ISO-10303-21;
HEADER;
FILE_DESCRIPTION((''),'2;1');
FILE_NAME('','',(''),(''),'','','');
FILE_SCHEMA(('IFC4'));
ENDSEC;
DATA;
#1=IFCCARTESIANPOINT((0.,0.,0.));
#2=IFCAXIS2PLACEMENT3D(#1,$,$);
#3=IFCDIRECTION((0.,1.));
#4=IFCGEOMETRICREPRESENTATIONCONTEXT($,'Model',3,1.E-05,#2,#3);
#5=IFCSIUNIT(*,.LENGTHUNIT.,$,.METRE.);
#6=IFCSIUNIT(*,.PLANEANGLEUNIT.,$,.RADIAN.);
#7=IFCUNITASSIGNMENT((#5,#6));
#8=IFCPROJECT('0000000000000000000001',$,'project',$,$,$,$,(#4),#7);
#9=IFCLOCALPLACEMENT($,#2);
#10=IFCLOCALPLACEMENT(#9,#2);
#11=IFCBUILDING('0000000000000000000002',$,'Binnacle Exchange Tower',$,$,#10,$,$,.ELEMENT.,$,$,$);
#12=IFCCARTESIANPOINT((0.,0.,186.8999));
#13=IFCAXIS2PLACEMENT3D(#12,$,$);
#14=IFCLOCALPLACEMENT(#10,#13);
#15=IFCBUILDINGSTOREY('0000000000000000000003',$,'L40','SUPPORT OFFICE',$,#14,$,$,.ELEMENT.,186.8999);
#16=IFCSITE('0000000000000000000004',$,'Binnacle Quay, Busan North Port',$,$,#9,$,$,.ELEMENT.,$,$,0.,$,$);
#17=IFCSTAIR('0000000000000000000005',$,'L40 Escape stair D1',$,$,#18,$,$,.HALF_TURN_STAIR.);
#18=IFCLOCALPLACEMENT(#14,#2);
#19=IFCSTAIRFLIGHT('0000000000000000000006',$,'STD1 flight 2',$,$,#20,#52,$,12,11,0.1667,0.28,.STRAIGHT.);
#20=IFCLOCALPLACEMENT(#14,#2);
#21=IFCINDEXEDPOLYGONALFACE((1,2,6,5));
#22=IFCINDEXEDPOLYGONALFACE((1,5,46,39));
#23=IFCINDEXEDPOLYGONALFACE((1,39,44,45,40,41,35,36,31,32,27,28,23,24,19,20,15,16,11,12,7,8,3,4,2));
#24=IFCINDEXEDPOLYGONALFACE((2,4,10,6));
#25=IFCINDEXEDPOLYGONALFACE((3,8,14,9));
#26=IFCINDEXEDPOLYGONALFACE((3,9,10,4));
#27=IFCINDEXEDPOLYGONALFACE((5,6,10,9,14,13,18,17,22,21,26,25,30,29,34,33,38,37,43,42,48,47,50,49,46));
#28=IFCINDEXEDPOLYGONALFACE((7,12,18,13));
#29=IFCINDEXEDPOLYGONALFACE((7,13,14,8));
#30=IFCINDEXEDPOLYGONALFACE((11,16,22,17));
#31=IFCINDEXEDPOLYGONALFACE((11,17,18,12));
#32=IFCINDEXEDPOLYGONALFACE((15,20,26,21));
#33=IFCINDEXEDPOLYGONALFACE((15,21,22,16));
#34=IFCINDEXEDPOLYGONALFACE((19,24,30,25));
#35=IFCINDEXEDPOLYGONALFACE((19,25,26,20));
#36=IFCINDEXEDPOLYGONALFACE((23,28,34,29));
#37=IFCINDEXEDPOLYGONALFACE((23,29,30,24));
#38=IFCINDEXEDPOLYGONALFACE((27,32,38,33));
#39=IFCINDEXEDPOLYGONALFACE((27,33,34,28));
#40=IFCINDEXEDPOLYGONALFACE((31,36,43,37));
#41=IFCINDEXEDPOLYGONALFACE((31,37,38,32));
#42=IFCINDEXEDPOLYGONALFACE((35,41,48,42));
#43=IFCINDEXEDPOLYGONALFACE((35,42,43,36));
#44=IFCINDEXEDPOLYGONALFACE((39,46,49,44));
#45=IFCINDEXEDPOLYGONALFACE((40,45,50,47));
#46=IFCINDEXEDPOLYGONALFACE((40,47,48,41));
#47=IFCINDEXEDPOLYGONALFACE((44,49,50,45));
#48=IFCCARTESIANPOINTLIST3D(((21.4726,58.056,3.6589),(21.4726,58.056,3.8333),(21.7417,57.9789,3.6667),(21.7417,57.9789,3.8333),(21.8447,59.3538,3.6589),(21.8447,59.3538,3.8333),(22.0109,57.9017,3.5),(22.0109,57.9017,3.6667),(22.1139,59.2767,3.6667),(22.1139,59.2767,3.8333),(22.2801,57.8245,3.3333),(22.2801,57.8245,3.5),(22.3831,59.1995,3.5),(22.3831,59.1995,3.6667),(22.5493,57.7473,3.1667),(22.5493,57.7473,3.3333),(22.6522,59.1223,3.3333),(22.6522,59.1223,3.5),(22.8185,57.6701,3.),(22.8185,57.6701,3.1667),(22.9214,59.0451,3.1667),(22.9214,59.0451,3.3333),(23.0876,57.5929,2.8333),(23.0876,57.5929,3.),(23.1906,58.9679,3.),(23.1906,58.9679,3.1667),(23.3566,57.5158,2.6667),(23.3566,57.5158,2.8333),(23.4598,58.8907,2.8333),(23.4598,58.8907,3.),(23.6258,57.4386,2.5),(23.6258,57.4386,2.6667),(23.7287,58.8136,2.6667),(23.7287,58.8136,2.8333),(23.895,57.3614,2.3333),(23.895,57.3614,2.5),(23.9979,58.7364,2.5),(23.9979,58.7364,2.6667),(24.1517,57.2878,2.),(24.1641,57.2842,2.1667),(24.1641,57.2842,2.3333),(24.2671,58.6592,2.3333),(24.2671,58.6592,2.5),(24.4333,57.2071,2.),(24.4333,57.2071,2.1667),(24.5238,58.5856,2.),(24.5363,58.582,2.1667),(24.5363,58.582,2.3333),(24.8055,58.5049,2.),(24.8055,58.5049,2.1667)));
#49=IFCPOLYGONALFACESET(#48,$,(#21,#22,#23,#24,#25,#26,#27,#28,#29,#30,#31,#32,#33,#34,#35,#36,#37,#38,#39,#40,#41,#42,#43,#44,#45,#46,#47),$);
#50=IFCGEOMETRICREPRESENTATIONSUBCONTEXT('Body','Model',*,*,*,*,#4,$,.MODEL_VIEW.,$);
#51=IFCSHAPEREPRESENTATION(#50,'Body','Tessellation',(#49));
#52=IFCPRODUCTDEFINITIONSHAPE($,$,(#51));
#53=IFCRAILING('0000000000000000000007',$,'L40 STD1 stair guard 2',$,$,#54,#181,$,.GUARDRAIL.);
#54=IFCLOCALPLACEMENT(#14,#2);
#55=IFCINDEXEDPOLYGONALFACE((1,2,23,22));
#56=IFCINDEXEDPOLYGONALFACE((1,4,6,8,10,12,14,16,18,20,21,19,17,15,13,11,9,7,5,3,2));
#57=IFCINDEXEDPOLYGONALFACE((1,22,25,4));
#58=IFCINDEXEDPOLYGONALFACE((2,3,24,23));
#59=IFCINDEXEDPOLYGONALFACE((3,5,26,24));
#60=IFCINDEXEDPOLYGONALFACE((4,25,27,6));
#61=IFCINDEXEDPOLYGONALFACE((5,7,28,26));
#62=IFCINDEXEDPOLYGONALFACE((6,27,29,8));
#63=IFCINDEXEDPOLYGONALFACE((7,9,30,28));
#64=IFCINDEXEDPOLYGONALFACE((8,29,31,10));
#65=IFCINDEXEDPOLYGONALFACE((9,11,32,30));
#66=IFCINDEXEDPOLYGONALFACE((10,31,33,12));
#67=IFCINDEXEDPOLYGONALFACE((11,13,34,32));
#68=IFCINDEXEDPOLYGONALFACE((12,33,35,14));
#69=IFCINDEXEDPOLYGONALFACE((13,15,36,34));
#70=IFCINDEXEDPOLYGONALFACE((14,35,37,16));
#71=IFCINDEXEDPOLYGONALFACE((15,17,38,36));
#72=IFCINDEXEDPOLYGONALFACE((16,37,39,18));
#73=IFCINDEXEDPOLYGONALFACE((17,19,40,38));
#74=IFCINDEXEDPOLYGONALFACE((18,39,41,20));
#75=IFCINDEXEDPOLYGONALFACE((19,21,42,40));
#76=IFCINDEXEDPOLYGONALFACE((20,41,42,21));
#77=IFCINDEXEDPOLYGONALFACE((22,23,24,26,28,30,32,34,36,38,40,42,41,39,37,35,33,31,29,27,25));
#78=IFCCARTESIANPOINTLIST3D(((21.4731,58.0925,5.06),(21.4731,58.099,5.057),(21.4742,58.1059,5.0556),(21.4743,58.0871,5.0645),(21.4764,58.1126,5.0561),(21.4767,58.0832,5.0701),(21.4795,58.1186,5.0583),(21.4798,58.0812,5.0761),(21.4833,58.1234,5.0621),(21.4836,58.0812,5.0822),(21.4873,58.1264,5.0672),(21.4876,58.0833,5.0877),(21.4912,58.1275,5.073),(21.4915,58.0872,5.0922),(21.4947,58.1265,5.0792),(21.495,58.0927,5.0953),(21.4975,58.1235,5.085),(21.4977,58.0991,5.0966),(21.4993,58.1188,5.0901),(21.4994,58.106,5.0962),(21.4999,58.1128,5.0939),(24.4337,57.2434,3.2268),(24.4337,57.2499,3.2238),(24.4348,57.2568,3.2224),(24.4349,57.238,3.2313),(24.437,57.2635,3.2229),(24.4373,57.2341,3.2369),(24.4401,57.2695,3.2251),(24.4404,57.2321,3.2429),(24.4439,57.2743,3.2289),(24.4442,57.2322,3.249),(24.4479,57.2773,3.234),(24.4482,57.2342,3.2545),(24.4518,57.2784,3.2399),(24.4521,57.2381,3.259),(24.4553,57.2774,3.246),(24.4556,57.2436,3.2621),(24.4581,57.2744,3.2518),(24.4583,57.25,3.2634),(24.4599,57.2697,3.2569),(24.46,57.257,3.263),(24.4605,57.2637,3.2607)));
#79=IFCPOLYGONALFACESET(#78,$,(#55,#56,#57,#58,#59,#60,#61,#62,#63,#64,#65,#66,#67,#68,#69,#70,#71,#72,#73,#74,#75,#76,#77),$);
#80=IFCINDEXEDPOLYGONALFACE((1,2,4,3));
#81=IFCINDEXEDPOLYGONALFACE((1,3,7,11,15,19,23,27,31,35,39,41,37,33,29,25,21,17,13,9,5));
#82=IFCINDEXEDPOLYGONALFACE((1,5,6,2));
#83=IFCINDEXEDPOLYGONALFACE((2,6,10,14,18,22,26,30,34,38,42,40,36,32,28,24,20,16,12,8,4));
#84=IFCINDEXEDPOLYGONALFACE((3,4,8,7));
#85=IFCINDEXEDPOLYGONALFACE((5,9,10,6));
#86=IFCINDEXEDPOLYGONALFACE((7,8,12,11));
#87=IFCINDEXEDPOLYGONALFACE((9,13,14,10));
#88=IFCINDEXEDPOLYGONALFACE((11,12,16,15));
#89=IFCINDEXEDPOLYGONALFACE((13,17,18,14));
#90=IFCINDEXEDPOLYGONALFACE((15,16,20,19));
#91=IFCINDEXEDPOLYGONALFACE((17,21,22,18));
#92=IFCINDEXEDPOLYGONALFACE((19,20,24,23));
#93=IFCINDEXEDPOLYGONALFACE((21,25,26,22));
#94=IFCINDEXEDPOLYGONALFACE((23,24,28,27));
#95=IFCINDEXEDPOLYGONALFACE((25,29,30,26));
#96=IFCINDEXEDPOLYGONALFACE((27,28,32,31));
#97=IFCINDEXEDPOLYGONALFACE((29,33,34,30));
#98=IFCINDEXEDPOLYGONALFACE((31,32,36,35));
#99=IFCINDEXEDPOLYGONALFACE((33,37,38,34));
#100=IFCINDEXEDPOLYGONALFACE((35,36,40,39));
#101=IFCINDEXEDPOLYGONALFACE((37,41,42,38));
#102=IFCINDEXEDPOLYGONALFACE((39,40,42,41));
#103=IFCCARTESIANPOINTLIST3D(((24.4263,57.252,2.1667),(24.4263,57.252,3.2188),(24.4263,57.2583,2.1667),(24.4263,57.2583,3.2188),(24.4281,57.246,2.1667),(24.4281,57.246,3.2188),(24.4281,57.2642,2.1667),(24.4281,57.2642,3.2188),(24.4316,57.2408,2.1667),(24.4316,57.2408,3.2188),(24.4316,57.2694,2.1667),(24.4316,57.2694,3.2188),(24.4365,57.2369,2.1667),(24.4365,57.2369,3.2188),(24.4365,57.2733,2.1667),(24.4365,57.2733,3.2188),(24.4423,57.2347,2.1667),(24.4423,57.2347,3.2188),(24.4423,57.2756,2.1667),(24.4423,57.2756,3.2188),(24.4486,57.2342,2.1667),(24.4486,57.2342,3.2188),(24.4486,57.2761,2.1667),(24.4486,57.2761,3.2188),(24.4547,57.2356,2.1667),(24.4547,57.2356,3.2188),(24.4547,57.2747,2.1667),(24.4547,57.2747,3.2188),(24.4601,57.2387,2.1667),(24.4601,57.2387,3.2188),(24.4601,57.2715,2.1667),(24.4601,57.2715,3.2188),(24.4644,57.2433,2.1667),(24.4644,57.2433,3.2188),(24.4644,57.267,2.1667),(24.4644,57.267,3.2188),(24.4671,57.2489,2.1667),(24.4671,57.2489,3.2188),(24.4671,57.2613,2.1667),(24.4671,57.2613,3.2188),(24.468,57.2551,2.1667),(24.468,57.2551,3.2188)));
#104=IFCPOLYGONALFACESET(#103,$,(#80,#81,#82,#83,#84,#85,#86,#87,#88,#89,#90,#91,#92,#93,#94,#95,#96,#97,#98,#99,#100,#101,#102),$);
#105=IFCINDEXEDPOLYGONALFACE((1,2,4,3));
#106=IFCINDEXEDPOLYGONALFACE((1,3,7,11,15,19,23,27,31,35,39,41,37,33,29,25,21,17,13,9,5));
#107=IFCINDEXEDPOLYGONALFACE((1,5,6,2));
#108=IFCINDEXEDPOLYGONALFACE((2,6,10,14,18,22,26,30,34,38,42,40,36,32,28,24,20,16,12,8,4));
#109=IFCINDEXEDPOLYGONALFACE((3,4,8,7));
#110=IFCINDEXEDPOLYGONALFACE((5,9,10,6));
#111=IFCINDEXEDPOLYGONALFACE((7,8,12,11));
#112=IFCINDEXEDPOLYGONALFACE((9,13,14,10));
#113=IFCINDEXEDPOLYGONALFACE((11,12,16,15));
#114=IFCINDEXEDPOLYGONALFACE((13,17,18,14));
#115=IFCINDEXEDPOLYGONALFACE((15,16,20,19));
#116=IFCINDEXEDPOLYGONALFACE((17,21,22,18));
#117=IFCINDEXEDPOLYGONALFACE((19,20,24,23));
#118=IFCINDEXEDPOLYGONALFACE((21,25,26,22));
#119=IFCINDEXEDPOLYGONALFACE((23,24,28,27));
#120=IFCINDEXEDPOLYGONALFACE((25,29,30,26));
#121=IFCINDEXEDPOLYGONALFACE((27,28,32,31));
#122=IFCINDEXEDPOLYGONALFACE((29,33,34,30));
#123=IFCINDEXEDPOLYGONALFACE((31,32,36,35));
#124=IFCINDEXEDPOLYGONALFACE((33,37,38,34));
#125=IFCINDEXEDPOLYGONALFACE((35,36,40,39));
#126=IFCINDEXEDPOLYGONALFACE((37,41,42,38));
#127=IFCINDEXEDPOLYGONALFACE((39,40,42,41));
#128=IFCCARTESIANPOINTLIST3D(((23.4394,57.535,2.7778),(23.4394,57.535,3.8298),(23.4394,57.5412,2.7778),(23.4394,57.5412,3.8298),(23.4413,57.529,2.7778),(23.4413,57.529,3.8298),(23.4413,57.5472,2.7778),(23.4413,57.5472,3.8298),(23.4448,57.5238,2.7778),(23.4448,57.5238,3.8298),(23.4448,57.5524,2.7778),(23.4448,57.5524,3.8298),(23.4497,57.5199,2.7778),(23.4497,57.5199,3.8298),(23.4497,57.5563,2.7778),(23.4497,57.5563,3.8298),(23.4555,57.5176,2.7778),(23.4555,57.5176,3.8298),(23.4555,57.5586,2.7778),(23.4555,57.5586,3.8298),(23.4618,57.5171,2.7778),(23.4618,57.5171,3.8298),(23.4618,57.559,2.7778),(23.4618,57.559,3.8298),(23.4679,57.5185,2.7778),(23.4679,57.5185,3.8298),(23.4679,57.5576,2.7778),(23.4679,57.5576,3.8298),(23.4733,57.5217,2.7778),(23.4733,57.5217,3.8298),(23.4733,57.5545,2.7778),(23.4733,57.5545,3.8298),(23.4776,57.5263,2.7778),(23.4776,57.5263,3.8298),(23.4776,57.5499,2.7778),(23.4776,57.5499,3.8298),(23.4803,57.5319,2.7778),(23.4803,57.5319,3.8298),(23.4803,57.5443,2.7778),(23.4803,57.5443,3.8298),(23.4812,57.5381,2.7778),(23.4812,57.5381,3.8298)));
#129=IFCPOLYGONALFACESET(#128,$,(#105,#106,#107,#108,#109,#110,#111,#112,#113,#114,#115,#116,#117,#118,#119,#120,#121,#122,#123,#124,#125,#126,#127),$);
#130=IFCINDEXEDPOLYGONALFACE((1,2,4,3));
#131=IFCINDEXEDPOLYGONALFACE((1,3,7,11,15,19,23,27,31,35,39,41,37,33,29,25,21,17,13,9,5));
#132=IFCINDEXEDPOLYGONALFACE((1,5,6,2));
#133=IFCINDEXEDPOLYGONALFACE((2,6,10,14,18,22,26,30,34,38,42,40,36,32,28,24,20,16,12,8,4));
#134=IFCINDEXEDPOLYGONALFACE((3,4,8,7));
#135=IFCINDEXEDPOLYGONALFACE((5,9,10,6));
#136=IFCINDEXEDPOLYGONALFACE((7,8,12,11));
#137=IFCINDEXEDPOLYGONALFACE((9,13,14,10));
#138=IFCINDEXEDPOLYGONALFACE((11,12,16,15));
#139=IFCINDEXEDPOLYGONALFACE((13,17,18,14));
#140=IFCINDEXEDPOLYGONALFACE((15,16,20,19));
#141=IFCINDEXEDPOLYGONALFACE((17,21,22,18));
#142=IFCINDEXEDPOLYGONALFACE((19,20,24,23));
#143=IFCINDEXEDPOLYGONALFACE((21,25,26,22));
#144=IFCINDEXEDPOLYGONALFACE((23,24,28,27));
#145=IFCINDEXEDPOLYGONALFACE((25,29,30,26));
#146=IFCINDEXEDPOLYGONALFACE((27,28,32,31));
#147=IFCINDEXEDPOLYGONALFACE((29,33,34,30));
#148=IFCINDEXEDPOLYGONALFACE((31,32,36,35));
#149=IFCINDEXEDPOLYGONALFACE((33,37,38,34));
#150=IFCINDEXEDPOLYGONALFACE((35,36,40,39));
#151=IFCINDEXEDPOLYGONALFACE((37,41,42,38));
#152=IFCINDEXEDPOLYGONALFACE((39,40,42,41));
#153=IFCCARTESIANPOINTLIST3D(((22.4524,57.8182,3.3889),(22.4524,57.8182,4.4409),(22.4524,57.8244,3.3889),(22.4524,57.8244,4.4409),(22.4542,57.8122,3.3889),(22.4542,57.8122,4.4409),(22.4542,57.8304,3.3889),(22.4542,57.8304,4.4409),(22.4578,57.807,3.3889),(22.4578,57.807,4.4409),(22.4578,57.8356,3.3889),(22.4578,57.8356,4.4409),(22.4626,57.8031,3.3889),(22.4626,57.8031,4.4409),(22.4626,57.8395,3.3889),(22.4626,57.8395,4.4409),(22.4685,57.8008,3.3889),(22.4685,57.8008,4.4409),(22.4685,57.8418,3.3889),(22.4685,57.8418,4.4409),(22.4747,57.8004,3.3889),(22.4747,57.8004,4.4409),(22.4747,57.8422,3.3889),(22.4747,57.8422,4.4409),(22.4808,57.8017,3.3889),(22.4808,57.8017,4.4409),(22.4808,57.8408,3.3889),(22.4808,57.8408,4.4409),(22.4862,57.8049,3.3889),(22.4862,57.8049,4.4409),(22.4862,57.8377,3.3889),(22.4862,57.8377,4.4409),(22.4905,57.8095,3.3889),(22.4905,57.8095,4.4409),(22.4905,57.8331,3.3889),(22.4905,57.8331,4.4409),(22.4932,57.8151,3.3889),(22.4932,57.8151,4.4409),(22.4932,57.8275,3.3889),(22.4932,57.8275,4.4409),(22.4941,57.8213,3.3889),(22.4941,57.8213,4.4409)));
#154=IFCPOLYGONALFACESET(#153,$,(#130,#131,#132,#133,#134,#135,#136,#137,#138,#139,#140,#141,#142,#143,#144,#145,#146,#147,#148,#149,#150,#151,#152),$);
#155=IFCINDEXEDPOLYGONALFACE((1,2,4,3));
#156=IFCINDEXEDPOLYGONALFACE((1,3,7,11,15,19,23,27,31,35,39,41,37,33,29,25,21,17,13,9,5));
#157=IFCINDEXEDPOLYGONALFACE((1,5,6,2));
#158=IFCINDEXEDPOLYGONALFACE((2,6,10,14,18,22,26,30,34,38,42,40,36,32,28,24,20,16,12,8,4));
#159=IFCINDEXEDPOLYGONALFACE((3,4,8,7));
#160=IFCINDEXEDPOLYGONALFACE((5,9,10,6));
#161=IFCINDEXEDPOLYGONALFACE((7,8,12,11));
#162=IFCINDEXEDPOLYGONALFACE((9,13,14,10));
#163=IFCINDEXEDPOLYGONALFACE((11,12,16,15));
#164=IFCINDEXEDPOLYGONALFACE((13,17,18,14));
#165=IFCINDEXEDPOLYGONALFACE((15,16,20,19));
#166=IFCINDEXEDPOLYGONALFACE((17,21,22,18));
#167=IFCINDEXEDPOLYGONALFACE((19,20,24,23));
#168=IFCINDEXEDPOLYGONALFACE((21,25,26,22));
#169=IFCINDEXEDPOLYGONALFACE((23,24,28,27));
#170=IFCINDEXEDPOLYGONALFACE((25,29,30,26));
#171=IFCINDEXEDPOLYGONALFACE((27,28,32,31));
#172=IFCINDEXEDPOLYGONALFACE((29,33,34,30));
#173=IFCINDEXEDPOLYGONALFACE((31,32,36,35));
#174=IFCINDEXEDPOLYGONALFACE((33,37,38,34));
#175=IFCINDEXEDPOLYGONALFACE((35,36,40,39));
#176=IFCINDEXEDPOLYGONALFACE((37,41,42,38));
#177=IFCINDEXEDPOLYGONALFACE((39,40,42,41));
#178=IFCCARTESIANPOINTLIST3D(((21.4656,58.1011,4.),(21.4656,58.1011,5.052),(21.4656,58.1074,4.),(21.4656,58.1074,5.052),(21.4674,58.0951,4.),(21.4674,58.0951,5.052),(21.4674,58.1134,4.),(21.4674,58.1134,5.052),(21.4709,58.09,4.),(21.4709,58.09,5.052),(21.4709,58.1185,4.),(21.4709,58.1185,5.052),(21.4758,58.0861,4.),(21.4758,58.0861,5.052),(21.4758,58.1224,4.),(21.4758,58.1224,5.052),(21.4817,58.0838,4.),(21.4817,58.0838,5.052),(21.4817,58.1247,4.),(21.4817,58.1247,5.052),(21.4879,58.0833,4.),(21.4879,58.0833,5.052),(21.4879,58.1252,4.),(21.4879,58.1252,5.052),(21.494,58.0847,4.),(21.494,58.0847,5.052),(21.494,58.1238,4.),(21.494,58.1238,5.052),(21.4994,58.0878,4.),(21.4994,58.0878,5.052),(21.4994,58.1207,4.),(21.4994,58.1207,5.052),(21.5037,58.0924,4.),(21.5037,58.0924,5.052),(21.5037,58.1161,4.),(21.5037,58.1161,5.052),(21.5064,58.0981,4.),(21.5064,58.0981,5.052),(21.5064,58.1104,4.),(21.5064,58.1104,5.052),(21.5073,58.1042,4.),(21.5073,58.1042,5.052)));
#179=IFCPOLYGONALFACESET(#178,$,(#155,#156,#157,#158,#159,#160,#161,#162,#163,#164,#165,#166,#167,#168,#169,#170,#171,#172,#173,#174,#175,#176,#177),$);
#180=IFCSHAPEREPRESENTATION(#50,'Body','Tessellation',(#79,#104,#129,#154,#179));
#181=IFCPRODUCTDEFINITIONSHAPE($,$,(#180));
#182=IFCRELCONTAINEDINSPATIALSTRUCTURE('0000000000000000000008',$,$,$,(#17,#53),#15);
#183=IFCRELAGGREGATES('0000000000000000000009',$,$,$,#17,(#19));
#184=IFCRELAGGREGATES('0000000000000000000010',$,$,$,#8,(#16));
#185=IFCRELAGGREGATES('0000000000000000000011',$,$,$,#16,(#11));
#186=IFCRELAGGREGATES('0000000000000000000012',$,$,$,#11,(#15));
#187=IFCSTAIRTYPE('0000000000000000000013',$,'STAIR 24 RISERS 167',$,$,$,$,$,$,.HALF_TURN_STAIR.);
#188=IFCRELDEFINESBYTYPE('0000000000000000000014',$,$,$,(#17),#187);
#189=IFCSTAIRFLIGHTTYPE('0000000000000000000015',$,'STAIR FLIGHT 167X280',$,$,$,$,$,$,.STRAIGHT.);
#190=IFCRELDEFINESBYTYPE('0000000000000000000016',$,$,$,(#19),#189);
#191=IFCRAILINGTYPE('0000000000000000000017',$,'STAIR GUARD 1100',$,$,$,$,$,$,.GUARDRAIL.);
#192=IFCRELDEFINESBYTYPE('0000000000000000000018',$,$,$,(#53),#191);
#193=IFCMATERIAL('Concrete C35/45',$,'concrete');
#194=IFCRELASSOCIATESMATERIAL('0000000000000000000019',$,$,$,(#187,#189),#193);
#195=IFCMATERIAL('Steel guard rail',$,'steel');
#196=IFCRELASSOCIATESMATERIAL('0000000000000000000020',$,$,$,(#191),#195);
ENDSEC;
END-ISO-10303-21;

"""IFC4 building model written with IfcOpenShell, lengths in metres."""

from ifc_helpers import new_model, si_unit, direction, frame, origin, origin_2d, place, context, subcontext, project, spatial, polyline, circle, outline, extrude, material, type_object, element, aggregate, save


model = new_model("IFC4")

# Units and contexts
model_context = context("Model", 3, precision=1e-05, world=origin(), true_north=direction((0.0, 1.0)))
body_context = subcontext(model_context, "Body", "Model", "MODEL_VIEW")
ifc_project = project(units=[si_unit("LENGTHUNIT", "METRE"), si_unit("PLANEANGLEUNIT", "RADIAN")], contexts=[model_context])

# Site, building, storey
site_placement = place(None, origin())
site = spatial("IfcSite", under=ifc_project, at=site_placement, Name="Binnacle Quay, Busan North Port", CompositionType="ELEMENT", RefElevation=0.0)
building_placement = place(site_placement, origin())
building = spatial("IfcBuilding", under=site, at=building_placement, Name="Binnacle Exchange Tower", CompositionType="ELEMENT")
storey_placement = place(building_placement, frame((0.0, 0.0, 186.8999)))
storey = spatial("IfcBuildingStorey", under=building, at=storey_placement, Name="L40", Description="SUPPORT OFFICE", CompositionType="ELEMENT", Elevation=186.8999)

# Stair, stair flight
ifc_material_1 = material(Name="Concrete C35/45", Category="concrete")
stair_type = type_object("IfcStairType", Name="STAIR 24 RISERS 167", PredefinedType="HALF_TURN_STAIR", material=ifc_material_1)
stair_placement = place(storey_placement, origin())
stair = element("IfcStair", 1, at=stair_placement, inside=storey, type_object=stair_type, Name="L40 Escape stair D1", PredefinedType="HALF_TURN_STAIR")
stair_flight_type = type_object("IfcStairFlightType", Name="STAIR FLIGHT 167X280", PredefinedType="STRAIGHT", material=ifc_material_1)
stair_flight_placement = place(storey_placement, frame((24.6194, 57.856, 2.0), z_axis=(0.0, 0.0, 1.0), x_axis=(-0.961262, 0.275637, 0.0)))
stair_flight = element("IfcStairFlight", 2, at=stair_flight_placement, type_object=stair_flight_type, Name="STD1 flight 2", NumberOfRisers=12, NumberOfTreads=11, PredefinedType="STRAIGHT", RiserHeight=0.1667, TreadLength=0.28, context=body_context, shape_type="SweptSolid", body=[
    extrude(outline(polyline([(0.0, 0.0), (0.0, 0.1667), (0.28, 0.1667), (0.28, 0.3333), (0.5601, 0.3333), (0.5601, 0.5), (0.8401, 0.5), (0.8401, 0.6667), (1.1201, 0.6667), (1.1201, 0.8333), (1.3999, 0.8333), (1.3999, 1.0), (1.6799, 1.0), (1.6799, 1.1667), (1.96, 1.1667), (1.96, 1.3333), (2.24, 1.3333), (2.24, 1.5), (2.52, 1.5), (2.52, 1.6667), (2.8, 1.6667), (2.8, 1.8333), (3.0801, 1.8333), (3.0801, 2.0), (3.0801, 1.6589), (0.293, 0.0), (0.0, 0.0)])), frame((0.0, 0.675, 0.0), z_axis=(0.0, -1.0, 0.0), x_axis=(1.0, 0.0, 0.0)), (0.0, 0.0, 1.0), 1.3501),
])
aggregate(stair, [stair_flight])

# Railing
ifc_material_2 = material(Name="Steel guard rail", Category="steel")
railing_type = type_object("IfcRailingType", Name="STAIR GUARD 1100", PredefinedType="GUARDRAIL", material=ifc_material_2)
railing_placement = place(storey_placement, frame((24.447, 57.2551, 2.1667)))
element("IfcRailing", 3, at=railing_placement, inside=storey, type_object=railing_type, Name="L40 STD1 stair guard 2", PredefinedType="GUARDRAIL", context=body_context, shape_type="SweptSolid", body=[
    extrude(circle(Radius=0.0239, at=origin_2d()), frame((0.0, 0.0, 1.0762), z_axis=(-0.826007, 0.236897, 0.511461), x_axis=(-0.275684, -0.961248, 0.0)), (0.0, 0.0, 1.0), 3.5842),
    extrude(circle(Radius=0.021, at=origin_2d()), origin(), (0.0, 0.0, 1.0), 1.052),
    extrude(circle(Radius=0.021, at=origin_2d()), frame((-0.9868, 0.283, 0.6111)), (0.0, 0.0, 1.0), 1.052),
    extrude(circle(Radius=0.021, at=origin_2d()), frame((-1.9739, 0.5662, 1.2222)), (0.0, 0.0, 1.0), 1.052),
    extrude(circle(Radius=0.021, at=origin_2d()), frame((-2.9607, 0.8491, 1.8333)), (0.0, 0.0, 1.0), 1.052),
])

save(model, "model.ifc")
